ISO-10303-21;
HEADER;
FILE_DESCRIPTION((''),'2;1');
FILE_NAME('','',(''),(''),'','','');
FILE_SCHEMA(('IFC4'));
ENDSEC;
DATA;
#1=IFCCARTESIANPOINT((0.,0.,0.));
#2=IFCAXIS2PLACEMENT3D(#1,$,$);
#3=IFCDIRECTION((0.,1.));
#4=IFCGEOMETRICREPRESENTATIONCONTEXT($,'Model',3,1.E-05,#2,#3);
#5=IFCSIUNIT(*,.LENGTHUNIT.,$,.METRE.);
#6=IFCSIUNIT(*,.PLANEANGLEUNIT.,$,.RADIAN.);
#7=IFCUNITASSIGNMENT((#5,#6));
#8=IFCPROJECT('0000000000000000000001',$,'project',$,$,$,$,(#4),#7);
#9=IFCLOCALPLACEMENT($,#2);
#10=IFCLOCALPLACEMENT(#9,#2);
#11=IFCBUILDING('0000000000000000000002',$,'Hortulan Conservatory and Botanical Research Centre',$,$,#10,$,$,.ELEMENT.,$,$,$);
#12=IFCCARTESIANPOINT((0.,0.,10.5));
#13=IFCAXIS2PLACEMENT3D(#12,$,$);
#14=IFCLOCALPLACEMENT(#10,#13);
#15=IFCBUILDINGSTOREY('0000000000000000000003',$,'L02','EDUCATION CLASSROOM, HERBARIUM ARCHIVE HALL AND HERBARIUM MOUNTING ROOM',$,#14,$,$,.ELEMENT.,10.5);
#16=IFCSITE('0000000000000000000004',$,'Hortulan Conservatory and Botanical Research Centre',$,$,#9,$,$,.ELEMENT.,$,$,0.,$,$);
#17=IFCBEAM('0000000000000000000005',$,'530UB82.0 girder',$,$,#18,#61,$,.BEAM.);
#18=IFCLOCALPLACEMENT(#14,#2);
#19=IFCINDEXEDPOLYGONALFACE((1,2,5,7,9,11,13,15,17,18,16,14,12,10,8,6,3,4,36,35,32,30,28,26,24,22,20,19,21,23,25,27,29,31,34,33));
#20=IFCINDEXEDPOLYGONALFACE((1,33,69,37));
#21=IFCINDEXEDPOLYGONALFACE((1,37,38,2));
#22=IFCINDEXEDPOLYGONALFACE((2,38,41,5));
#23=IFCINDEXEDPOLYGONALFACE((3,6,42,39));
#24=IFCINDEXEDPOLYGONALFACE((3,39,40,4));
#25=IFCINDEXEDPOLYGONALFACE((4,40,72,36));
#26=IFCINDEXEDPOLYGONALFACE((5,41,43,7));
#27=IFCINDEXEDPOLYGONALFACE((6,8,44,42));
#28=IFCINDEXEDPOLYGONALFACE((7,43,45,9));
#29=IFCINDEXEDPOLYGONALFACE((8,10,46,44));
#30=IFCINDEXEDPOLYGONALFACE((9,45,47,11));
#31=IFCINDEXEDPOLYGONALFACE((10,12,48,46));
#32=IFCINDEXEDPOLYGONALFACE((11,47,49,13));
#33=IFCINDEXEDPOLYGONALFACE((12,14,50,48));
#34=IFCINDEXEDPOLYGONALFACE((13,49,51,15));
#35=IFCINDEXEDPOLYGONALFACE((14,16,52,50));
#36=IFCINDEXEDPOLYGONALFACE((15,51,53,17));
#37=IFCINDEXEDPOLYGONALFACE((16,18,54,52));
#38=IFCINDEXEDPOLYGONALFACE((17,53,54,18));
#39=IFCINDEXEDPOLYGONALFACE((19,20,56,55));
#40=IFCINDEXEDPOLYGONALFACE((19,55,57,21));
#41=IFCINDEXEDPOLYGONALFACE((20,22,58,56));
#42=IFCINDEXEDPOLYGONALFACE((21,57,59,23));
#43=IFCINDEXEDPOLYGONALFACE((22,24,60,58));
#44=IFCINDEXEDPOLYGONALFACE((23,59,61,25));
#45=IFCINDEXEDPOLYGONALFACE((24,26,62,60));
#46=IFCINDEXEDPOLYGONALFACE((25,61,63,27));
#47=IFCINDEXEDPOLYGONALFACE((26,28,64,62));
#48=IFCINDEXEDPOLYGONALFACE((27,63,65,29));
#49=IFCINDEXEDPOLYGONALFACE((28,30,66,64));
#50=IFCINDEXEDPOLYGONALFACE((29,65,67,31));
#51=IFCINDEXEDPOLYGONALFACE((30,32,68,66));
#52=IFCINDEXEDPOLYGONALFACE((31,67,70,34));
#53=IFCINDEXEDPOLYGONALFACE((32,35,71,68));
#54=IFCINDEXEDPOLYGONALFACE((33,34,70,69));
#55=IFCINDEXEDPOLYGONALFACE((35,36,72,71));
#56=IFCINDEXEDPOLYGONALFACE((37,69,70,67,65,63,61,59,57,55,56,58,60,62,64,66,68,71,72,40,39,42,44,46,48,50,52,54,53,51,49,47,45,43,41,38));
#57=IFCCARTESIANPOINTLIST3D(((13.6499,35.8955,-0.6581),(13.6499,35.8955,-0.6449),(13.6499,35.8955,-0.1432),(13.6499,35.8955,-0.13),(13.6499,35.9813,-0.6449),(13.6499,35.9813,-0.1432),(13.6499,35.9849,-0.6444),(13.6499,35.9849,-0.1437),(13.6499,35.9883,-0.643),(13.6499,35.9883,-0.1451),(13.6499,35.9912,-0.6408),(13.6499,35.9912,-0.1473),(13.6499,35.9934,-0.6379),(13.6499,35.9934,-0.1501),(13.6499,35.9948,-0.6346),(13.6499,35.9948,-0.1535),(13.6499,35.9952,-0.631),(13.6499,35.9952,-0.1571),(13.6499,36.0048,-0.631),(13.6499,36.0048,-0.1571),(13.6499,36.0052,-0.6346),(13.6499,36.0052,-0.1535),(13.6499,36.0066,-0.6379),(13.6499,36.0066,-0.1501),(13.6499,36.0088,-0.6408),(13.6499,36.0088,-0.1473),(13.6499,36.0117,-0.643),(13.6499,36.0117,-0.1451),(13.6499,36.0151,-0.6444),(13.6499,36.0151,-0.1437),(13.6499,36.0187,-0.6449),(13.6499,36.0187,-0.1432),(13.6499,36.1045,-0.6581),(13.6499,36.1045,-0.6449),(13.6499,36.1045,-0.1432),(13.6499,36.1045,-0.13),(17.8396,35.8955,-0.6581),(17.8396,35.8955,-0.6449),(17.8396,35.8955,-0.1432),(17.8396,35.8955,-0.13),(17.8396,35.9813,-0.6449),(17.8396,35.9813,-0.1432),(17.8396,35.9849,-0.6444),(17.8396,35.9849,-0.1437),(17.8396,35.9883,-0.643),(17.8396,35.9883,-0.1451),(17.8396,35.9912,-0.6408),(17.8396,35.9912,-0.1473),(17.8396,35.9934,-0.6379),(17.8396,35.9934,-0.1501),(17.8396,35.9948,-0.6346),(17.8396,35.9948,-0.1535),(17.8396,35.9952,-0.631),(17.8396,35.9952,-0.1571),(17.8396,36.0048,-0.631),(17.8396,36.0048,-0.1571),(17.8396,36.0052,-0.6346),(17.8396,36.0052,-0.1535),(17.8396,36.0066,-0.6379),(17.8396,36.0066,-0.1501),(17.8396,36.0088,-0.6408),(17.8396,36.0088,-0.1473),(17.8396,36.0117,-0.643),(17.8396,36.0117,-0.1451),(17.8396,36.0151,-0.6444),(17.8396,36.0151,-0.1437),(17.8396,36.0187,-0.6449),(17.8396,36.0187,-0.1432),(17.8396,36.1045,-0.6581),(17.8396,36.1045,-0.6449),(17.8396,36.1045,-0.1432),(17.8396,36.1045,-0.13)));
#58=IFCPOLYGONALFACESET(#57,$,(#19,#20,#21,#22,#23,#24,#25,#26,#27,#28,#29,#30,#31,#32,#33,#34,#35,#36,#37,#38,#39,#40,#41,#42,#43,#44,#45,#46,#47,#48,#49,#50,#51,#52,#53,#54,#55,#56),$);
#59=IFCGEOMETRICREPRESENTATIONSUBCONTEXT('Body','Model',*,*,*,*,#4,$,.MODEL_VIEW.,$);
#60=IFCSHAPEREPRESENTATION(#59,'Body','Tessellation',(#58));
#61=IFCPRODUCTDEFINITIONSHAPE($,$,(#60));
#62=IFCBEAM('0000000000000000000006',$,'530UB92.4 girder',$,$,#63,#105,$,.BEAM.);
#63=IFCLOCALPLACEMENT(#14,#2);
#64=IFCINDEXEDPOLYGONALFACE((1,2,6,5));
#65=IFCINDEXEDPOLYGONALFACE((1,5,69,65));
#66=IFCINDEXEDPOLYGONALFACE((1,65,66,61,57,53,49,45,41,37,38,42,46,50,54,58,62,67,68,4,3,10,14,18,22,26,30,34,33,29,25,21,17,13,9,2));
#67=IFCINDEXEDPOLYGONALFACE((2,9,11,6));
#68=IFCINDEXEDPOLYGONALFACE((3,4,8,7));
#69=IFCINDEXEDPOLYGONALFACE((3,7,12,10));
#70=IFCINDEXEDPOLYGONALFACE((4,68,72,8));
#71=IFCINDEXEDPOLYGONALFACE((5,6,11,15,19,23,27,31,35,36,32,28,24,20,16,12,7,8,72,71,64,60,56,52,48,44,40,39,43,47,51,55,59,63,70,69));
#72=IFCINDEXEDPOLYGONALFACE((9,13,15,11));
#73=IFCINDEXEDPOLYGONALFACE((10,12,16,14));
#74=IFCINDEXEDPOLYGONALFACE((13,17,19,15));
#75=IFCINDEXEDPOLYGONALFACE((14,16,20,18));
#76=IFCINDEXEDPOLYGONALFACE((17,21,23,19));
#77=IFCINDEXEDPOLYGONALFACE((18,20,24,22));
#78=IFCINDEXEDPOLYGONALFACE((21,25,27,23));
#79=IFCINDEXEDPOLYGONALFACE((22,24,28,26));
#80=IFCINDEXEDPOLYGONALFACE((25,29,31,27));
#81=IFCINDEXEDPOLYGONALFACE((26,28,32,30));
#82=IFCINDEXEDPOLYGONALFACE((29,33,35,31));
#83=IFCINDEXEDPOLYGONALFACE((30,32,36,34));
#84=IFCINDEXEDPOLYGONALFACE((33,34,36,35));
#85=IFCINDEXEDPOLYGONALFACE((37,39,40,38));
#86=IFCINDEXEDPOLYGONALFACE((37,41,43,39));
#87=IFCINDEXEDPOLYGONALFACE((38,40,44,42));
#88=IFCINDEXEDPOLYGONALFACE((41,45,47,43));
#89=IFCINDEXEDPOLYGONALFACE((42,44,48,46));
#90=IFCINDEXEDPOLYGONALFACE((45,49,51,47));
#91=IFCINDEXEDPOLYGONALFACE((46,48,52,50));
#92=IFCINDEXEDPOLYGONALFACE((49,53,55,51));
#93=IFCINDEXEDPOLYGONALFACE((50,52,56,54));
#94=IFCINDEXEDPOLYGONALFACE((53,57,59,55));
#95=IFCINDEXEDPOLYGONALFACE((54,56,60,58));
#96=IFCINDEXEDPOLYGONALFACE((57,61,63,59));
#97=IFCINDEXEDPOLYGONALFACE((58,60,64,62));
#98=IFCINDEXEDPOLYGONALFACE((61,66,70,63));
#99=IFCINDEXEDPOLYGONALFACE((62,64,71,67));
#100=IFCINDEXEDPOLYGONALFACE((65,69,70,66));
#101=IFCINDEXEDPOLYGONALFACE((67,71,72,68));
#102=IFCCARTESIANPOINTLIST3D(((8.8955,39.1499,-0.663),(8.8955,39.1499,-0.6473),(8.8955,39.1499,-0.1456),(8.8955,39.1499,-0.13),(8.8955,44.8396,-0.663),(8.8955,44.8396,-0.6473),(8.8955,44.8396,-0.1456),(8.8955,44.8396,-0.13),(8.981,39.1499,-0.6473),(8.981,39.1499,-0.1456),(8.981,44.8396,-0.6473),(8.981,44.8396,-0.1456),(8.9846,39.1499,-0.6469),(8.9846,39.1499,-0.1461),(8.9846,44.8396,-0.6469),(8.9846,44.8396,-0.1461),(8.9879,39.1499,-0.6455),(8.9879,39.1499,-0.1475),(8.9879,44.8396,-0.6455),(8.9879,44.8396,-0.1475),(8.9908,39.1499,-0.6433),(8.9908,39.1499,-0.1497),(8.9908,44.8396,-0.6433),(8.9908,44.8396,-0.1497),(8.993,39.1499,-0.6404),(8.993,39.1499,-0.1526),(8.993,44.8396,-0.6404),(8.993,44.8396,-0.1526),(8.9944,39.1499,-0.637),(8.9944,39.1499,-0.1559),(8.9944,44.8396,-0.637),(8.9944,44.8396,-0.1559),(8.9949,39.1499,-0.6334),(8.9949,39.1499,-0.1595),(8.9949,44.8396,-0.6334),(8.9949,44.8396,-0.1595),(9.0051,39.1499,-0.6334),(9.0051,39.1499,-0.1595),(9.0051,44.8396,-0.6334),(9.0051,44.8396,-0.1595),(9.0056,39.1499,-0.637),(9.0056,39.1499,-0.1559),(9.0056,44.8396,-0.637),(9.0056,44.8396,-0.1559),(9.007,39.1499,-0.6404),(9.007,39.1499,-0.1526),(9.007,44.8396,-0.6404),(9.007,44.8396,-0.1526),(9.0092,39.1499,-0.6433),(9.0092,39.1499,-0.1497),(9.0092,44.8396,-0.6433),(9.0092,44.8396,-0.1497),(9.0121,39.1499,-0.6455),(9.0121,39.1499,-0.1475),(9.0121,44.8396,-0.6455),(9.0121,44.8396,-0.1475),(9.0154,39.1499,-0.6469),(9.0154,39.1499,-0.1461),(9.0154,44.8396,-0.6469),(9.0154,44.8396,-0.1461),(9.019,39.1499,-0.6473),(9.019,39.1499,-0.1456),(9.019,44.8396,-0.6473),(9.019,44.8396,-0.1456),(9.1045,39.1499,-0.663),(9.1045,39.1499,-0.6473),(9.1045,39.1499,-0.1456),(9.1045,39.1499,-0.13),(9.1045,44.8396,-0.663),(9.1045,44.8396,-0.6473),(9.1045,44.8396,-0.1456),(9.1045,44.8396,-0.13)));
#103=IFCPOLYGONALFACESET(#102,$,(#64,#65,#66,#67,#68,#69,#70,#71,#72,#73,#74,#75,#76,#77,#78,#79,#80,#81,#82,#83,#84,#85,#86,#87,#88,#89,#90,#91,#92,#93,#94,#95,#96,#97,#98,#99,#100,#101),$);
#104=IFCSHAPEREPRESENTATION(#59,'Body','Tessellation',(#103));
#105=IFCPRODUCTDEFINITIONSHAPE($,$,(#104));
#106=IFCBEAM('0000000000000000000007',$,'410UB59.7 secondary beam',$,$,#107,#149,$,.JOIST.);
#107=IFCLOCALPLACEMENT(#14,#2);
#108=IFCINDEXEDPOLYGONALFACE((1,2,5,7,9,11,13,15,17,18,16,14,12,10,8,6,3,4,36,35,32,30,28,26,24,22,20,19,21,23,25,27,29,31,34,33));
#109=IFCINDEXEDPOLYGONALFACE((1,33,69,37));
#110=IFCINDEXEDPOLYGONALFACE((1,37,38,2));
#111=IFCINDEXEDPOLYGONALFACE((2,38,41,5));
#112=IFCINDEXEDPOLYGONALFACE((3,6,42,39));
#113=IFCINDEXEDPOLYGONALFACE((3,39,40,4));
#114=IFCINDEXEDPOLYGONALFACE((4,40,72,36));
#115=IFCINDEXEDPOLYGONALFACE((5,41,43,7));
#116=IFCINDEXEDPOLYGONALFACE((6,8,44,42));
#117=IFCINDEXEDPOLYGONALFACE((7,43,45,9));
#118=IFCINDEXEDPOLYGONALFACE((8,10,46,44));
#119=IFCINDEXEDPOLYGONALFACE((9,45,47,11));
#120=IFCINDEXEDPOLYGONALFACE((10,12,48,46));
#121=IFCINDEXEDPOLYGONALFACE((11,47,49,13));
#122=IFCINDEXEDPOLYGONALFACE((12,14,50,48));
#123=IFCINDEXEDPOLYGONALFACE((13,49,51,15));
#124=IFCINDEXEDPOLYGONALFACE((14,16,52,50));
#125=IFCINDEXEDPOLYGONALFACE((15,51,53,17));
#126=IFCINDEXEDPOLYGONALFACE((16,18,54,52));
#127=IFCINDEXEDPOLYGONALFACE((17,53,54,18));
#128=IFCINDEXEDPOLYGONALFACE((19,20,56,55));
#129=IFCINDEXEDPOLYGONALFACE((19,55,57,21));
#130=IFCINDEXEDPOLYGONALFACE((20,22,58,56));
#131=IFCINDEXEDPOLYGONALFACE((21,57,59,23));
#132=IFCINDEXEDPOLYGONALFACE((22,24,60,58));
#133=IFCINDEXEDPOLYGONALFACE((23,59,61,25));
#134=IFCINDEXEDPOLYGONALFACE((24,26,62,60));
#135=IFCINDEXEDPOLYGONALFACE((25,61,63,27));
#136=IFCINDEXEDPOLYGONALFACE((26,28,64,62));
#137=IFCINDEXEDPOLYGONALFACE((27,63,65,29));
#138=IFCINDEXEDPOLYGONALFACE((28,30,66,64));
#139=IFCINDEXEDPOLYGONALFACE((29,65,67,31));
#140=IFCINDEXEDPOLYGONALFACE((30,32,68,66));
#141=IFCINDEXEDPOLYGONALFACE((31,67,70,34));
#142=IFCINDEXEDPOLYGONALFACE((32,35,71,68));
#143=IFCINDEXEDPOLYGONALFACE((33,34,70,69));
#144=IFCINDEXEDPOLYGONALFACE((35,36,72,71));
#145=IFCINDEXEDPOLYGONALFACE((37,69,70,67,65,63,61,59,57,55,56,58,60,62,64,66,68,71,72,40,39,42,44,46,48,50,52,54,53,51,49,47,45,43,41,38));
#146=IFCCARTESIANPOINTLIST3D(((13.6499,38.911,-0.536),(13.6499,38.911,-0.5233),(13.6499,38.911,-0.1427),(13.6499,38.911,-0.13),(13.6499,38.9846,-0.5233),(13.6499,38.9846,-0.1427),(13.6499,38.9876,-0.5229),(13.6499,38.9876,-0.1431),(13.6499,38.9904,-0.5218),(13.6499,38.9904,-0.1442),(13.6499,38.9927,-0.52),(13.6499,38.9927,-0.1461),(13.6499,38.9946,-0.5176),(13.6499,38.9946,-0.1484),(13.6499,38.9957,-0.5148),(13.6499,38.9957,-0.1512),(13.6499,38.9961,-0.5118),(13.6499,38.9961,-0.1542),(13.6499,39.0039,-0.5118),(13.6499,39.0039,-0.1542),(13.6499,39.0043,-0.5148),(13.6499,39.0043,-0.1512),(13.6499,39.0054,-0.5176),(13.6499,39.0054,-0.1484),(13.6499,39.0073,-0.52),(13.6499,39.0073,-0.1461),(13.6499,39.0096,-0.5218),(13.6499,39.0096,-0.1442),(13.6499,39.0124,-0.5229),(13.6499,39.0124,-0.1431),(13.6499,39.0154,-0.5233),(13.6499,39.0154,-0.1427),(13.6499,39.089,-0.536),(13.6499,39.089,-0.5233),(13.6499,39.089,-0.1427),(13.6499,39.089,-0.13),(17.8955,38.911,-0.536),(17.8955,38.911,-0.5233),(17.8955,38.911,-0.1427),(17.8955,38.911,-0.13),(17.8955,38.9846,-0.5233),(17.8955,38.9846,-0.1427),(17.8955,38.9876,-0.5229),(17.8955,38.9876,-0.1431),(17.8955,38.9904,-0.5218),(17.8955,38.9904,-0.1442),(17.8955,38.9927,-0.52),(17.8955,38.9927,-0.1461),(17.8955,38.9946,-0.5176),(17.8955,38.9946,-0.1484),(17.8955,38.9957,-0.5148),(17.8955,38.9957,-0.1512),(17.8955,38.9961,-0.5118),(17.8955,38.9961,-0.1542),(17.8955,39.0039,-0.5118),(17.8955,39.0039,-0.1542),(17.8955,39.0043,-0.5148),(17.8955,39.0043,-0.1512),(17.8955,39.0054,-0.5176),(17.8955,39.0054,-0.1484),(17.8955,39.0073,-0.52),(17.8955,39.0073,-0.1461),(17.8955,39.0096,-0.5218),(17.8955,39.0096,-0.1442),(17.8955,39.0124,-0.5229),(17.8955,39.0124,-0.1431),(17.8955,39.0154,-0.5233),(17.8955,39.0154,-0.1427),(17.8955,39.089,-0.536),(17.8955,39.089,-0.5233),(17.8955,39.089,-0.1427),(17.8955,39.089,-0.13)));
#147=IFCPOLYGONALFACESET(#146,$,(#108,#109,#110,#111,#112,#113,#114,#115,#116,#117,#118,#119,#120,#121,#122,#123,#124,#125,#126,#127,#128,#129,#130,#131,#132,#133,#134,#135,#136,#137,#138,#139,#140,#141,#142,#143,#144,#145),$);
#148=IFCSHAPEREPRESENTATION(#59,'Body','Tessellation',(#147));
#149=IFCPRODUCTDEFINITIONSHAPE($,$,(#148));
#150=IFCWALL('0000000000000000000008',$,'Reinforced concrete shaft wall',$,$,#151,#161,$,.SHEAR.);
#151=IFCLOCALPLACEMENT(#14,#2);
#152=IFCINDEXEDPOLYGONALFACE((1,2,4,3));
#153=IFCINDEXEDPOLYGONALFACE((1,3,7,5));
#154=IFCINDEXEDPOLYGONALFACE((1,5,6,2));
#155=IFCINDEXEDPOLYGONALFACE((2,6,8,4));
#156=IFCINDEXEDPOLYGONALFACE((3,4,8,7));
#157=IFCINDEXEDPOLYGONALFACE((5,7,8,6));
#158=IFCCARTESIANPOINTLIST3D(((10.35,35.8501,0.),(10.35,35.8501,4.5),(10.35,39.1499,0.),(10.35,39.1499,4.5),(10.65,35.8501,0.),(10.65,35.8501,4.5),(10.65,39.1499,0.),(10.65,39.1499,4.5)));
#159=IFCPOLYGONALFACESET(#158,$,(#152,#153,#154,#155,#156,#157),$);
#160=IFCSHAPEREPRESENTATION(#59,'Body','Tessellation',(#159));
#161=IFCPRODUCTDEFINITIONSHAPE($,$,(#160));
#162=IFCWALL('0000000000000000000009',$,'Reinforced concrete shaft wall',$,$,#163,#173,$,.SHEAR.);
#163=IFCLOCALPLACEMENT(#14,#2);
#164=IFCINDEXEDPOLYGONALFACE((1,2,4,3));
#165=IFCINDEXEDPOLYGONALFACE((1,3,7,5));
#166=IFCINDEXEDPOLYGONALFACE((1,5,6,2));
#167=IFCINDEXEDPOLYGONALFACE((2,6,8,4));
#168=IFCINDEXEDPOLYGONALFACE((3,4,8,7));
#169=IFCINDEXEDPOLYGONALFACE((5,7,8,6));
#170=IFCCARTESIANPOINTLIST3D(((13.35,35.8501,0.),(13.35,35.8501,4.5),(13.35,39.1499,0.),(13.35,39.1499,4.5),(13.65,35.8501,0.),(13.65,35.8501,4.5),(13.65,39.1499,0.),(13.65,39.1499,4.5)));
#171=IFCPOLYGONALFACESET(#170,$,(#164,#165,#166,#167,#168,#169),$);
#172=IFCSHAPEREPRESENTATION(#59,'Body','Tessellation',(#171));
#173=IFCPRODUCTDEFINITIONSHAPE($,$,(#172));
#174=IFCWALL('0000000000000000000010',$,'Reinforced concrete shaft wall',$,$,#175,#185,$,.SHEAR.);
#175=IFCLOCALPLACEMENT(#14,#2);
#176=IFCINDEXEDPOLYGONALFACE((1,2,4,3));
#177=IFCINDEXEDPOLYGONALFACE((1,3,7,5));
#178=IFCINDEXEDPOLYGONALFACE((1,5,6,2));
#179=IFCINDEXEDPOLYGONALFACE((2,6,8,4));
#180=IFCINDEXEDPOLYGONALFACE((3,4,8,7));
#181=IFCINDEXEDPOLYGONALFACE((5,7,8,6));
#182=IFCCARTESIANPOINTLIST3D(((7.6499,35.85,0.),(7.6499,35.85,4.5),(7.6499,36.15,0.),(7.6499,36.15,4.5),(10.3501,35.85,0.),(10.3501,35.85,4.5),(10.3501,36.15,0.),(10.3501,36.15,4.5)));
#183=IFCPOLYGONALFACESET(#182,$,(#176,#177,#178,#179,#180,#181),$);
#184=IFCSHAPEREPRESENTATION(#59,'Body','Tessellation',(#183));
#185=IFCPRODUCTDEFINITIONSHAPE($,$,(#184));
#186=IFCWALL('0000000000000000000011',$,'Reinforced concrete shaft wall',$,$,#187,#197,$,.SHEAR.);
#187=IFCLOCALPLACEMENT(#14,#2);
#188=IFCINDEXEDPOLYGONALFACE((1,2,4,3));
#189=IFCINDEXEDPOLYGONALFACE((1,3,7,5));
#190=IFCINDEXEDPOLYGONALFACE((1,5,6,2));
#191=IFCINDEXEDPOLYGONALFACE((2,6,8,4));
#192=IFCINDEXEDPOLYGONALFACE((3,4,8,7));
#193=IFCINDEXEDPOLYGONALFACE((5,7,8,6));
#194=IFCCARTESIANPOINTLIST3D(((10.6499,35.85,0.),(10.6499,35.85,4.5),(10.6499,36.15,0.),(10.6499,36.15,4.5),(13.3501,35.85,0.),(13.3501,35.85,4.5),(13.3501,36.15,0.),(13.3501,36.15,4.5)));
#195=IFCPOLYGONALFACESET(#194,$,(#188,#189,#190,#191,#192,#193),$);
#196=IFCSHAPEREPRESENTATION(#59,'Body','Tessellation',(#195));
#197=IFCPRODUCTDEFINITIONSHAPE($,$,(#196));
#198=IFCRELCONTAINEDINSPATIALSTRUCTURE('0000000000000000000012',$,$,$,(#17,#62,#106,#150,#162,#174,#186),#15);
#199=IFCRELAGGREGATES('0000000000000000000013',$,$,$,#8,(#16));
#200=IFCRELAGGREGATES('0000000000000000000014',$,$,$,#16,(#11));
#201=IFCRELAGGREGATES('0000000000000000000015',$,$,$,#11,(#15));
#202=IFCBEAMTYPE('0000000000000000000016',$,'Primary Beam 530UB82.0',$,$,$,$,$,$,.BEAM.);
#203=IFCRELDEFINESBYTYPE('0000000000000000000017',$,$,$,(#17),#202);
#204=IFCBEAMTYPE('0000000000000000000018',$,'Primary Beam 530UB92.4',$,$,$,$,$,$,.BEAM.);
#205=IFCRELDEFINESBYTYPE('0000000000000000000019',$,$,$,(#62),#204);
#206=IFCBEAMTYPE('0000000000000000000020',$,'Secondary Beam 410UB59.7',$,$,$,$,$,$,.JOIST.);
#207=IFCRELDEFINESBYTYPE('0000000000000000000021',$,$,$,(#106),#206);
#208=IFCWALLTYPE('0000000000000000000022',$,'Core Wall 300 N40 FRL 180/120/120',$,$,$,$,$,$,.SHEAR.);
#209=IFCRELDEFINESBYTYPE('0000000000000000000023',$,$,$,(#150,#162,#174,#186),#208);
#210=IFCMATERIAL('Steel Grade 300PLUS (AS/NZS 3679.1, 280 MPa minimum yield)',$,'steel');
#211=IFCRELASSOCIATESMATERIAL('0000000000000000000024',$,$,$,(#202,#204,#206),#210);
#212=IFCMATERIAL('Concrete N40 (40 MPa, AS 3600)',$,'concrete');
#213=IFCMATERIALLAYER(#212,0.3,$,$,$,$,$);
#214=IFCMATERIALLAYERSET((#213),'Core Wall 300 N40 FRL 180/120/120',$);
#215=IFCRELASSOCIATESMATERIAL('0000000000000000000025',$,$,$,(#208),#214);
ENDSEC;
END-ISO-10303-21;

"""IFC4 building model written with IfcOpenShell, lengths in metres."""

from ifc_helpers import new_model, si_unit, direction, frame, frame_2d, origin, origin_2d, place, context, subcontext, project, spatial, rectangle, i_section, extrude, material, layer, layer_set, material_profile, profile_set, type_object, element, save


model = new_model("IFC4")

# Units and contexts
model_context = context("Model", 3, precision=1e-05, world=origin(), true_north=direction((0.0, 1.0)))
body_context = subcontext(model_context, "Body", "Model", "MODEL_VIEW")
ifc_project = project(units=[si_unit("LENGTHUNIT", "METRE"), si_unit("PLANEANGLEUNIT", "RADIAN")], contexts=[model_context])

# Site, building, storey
site_placement = place(None, origin())
site = spatial("IfcSite", under=ifc_project, at=site_placement, Name="Hortulan Conservatory and Botanical Research Centre", CompositionType="ELEMENT", RefElevation=0.0)
building_placement = place(site_placement, origin())
building = spatial("IfcBuilding", under=site, at=building_placement, Name="Hortulan Conservatory and Botanical Research Centre", CompositionType="ELEMENT")
storey_placement = place(building_placement, frame((0.0, 0.0, 10.5)))
storey = spatial("IfcBuildingStorey", under=building, at=storey_placement, Name="L02", Description="EDUCATION CLASSROOM, HERBARIUM ARCHIVE HALL AND HERBARIUM MOUNTING ROOM", CompositionType="ELEMENT", Elevation=10.5)

# Beams
ifc_material_1 = material(Name="Steel Grade 300PLUS (AS/NZS 3679.1, 280 MPa minimum yield)", Category="steel")
ifc_material_profile_1 = material_profile(ifc_material_1, i_section(OverallWidth=0.209, OverallDepth=0.5281, WebThickness=0.0095, FlangeThickness=0.0132, FilletRadius=0.0139, at=origin_2d()), Name="530UB82.0")
ifc_profile_set_1 = profile_set([ifc_material_profile_1], Name="Steel Grade 300PLUS (AS/NZS 3679.1, 280 MPa minimum yield)")
beam_type_1 = type_object("IfcBeamType", Name="Primary Beam 530UB82.0", PredefinedType="BEAM", material=ifc_profile_set_1)
beam_1_placement = place(storey_placement, frame((13.6499, 36.0, -0.394), z_axis=(1.0, 0.0, 0.0), x_axis=(0.0, 1.0, 0.0)))
element("IfcBeam", 1, at=beam_1_placement, inside=storey, type_object=beam_type_1, Name="530UB82.0 girder", PredefinedType="BEAM", context=body_context, shape_type="SweptSolid", body=[
    extrude(i_section(OverallWidth=0.209, OverallDepth=0.5281, WebThickness=0.0095, FlangeThickness=0.0132, FilletRadius=0.0139, at=origin_2d()), origin(), (0.0, 0.0, 1.0), 4.1897),
])
ifc_material_profile_2 = material_profile(ifc_material_1, i_section(OverallWidth=0.209, OverallDepth=0.533, WebThickness=0.0103, FlangeThickness=0.0156, FilletRadius=0.0139, at=origin_2d()), Name="530UB92.4")
ifc_profile_set_2 = profile_set([ifc_material_profile_2], Name="Steel Grade 300PLUS (AS/NZS 3679.1, 280 MPa minimum yield)")
beam_type_2 = type_object("IfcBeamType", Name="Primary Beam 530UB92.4", PredefinedType="BEAM", material=ifc_profile_set_2)
beam_2_placement = place(storey_placement, frame((9.0, 39.1499, -0.3965), z_axis=(0.0, 1.0, 0.0), x_axis=(-1.0, 0.0, 0.0)))
element("IfcBeam", 2, at=beam_2_placement, inside=storey, type_object=beam_type_2, Name="530UB92.4 girder", PredefinedType="BEAM", context=body_context, shape_type="SweptSolid", body=[
    extrude(i_section(OverallWidth=0.209, OverallDepth=0.533, WebThickness=0.0103, FlangeThickness=0.0156, FilletRadius=0.0139, at=origin_2d()), origin(), (0.0, 0.0, 1.0), 5.6897),
])
ifc_material_profile_3 = material_profile(ifc_material_1, i_section(OverallWidth=0.178, OverallDepth=0.406, WebThickness=0.0078, FlangeThickness=0.0127, FilletRadius=0.0115, at=origin_2d()), Name="410UB59.7")
ifc_profile_set_3 = profile_set([ifc_material_profile_3], Name="Steel Grade 300PLUS (AS/NZS 3679.1, 280 MPa minimum yield)")
beam_type_3 = type_object("IfcBeamType", Name="Secondary Beam 410UB59.7", PredefinedType="JOIST", material=ifc_profile_set_3)
beam_3_placement = place(storey_placement, frame((13.6499, 39.0, -0.333), z_axis=(1.0, 0.0, 0.0), x_axis=(0.0, 1.0, 0.0)))
element("IfcBeam", 3, at=beam_3_placement, inside=storey, type_object=beam_type_3, Name="410UB59.7 secondary beam", PredefinedType="JOIST", context=body_context, shape_type="SweptSolid", body=[
    extrude(i_section(OverallWidth=0.178, OverallDepth=0.406, WebThickness=0.0078, FlangeThickness=0.0127, FilletRadius=0.0115, at=origin_2d()), origin(), (0.0, 0.0, 1.0), 4.2456),
])

# Walls
ifc_material_2 = material(Name="Concrete N40 (40 MPa, AS 3600)", Category="concrete")
ifc_layer_1 = layer(ifc_material_2, 0.3)
ifc_layer_set_1 = layer_set([ifc_layer_1], Name="Core Wall 300 N40 FRL 180/120/120")
wall_type_1 = type_object("IfcWallType", Name="Core Wall 300 N40 FRL 180/120/120", PredefinedType="SHEAR", material=ifc_layer_set_1)
for number, where, z_axis, x_axis, name in (
    (4, (10.5, 35.8501, 0.0), (0.0, 0.0, 1.0), (0.0, 1.0, 0.0), "Reinforced concrete shaft wall"),
    (5, (13.5, 35.8501, 0.0), (0.0, 0.0, 1.0), (0.0, 1.0, 0.0), "Reinforced concrete shaft wall"),
):
    element("IfcWall", number, at=place(storey_placement, frame(where, z_axis=z_axis, x_axis=x_axis)), inside=storey, type_object=wall_type_1, Name=name, PredefinedType="SHEAR", context=body_context, shape_type="SweptSolid", body=[
        extrude(rectangle(XDim=3.2998, YDim=0.3, at=frame_2d((1.6499, 0.0))), origin(), (0.0, 0.0, 1.0), 4.5),
    ])
for number, where, z_axis, x_axis, name in (
    (6, (7.6499, 36.0, 0.0), (0.0, 0.0, 1.0), (1.0, 0.0, 0.0), "Reinforced concrete shaft wall"),
    (7, (10.6499, 36.0, 0.0), (0.0, 0.0, 1.0), (1.0, 0.0, 0.0), "Reinforced concrete shaft wall"),
):
    element("IfcWall", number, at=place(storey_placement, frame(where, z_axis=z_axis, x_axis=x_axis)), inside=storey, type_object=wall_type_1, Name=name, PredefinedType="SHEAR", context=body_context, shape_type="SweptSolid", body=[
        extrude(rectangle(XDim=2.7002, YDim=0.3, at=frame_2d((1.3501, 0.0))), origin(), (0.0, 0.0, 1.0), 4.5),
    ])

save(model, "model.ifc")
